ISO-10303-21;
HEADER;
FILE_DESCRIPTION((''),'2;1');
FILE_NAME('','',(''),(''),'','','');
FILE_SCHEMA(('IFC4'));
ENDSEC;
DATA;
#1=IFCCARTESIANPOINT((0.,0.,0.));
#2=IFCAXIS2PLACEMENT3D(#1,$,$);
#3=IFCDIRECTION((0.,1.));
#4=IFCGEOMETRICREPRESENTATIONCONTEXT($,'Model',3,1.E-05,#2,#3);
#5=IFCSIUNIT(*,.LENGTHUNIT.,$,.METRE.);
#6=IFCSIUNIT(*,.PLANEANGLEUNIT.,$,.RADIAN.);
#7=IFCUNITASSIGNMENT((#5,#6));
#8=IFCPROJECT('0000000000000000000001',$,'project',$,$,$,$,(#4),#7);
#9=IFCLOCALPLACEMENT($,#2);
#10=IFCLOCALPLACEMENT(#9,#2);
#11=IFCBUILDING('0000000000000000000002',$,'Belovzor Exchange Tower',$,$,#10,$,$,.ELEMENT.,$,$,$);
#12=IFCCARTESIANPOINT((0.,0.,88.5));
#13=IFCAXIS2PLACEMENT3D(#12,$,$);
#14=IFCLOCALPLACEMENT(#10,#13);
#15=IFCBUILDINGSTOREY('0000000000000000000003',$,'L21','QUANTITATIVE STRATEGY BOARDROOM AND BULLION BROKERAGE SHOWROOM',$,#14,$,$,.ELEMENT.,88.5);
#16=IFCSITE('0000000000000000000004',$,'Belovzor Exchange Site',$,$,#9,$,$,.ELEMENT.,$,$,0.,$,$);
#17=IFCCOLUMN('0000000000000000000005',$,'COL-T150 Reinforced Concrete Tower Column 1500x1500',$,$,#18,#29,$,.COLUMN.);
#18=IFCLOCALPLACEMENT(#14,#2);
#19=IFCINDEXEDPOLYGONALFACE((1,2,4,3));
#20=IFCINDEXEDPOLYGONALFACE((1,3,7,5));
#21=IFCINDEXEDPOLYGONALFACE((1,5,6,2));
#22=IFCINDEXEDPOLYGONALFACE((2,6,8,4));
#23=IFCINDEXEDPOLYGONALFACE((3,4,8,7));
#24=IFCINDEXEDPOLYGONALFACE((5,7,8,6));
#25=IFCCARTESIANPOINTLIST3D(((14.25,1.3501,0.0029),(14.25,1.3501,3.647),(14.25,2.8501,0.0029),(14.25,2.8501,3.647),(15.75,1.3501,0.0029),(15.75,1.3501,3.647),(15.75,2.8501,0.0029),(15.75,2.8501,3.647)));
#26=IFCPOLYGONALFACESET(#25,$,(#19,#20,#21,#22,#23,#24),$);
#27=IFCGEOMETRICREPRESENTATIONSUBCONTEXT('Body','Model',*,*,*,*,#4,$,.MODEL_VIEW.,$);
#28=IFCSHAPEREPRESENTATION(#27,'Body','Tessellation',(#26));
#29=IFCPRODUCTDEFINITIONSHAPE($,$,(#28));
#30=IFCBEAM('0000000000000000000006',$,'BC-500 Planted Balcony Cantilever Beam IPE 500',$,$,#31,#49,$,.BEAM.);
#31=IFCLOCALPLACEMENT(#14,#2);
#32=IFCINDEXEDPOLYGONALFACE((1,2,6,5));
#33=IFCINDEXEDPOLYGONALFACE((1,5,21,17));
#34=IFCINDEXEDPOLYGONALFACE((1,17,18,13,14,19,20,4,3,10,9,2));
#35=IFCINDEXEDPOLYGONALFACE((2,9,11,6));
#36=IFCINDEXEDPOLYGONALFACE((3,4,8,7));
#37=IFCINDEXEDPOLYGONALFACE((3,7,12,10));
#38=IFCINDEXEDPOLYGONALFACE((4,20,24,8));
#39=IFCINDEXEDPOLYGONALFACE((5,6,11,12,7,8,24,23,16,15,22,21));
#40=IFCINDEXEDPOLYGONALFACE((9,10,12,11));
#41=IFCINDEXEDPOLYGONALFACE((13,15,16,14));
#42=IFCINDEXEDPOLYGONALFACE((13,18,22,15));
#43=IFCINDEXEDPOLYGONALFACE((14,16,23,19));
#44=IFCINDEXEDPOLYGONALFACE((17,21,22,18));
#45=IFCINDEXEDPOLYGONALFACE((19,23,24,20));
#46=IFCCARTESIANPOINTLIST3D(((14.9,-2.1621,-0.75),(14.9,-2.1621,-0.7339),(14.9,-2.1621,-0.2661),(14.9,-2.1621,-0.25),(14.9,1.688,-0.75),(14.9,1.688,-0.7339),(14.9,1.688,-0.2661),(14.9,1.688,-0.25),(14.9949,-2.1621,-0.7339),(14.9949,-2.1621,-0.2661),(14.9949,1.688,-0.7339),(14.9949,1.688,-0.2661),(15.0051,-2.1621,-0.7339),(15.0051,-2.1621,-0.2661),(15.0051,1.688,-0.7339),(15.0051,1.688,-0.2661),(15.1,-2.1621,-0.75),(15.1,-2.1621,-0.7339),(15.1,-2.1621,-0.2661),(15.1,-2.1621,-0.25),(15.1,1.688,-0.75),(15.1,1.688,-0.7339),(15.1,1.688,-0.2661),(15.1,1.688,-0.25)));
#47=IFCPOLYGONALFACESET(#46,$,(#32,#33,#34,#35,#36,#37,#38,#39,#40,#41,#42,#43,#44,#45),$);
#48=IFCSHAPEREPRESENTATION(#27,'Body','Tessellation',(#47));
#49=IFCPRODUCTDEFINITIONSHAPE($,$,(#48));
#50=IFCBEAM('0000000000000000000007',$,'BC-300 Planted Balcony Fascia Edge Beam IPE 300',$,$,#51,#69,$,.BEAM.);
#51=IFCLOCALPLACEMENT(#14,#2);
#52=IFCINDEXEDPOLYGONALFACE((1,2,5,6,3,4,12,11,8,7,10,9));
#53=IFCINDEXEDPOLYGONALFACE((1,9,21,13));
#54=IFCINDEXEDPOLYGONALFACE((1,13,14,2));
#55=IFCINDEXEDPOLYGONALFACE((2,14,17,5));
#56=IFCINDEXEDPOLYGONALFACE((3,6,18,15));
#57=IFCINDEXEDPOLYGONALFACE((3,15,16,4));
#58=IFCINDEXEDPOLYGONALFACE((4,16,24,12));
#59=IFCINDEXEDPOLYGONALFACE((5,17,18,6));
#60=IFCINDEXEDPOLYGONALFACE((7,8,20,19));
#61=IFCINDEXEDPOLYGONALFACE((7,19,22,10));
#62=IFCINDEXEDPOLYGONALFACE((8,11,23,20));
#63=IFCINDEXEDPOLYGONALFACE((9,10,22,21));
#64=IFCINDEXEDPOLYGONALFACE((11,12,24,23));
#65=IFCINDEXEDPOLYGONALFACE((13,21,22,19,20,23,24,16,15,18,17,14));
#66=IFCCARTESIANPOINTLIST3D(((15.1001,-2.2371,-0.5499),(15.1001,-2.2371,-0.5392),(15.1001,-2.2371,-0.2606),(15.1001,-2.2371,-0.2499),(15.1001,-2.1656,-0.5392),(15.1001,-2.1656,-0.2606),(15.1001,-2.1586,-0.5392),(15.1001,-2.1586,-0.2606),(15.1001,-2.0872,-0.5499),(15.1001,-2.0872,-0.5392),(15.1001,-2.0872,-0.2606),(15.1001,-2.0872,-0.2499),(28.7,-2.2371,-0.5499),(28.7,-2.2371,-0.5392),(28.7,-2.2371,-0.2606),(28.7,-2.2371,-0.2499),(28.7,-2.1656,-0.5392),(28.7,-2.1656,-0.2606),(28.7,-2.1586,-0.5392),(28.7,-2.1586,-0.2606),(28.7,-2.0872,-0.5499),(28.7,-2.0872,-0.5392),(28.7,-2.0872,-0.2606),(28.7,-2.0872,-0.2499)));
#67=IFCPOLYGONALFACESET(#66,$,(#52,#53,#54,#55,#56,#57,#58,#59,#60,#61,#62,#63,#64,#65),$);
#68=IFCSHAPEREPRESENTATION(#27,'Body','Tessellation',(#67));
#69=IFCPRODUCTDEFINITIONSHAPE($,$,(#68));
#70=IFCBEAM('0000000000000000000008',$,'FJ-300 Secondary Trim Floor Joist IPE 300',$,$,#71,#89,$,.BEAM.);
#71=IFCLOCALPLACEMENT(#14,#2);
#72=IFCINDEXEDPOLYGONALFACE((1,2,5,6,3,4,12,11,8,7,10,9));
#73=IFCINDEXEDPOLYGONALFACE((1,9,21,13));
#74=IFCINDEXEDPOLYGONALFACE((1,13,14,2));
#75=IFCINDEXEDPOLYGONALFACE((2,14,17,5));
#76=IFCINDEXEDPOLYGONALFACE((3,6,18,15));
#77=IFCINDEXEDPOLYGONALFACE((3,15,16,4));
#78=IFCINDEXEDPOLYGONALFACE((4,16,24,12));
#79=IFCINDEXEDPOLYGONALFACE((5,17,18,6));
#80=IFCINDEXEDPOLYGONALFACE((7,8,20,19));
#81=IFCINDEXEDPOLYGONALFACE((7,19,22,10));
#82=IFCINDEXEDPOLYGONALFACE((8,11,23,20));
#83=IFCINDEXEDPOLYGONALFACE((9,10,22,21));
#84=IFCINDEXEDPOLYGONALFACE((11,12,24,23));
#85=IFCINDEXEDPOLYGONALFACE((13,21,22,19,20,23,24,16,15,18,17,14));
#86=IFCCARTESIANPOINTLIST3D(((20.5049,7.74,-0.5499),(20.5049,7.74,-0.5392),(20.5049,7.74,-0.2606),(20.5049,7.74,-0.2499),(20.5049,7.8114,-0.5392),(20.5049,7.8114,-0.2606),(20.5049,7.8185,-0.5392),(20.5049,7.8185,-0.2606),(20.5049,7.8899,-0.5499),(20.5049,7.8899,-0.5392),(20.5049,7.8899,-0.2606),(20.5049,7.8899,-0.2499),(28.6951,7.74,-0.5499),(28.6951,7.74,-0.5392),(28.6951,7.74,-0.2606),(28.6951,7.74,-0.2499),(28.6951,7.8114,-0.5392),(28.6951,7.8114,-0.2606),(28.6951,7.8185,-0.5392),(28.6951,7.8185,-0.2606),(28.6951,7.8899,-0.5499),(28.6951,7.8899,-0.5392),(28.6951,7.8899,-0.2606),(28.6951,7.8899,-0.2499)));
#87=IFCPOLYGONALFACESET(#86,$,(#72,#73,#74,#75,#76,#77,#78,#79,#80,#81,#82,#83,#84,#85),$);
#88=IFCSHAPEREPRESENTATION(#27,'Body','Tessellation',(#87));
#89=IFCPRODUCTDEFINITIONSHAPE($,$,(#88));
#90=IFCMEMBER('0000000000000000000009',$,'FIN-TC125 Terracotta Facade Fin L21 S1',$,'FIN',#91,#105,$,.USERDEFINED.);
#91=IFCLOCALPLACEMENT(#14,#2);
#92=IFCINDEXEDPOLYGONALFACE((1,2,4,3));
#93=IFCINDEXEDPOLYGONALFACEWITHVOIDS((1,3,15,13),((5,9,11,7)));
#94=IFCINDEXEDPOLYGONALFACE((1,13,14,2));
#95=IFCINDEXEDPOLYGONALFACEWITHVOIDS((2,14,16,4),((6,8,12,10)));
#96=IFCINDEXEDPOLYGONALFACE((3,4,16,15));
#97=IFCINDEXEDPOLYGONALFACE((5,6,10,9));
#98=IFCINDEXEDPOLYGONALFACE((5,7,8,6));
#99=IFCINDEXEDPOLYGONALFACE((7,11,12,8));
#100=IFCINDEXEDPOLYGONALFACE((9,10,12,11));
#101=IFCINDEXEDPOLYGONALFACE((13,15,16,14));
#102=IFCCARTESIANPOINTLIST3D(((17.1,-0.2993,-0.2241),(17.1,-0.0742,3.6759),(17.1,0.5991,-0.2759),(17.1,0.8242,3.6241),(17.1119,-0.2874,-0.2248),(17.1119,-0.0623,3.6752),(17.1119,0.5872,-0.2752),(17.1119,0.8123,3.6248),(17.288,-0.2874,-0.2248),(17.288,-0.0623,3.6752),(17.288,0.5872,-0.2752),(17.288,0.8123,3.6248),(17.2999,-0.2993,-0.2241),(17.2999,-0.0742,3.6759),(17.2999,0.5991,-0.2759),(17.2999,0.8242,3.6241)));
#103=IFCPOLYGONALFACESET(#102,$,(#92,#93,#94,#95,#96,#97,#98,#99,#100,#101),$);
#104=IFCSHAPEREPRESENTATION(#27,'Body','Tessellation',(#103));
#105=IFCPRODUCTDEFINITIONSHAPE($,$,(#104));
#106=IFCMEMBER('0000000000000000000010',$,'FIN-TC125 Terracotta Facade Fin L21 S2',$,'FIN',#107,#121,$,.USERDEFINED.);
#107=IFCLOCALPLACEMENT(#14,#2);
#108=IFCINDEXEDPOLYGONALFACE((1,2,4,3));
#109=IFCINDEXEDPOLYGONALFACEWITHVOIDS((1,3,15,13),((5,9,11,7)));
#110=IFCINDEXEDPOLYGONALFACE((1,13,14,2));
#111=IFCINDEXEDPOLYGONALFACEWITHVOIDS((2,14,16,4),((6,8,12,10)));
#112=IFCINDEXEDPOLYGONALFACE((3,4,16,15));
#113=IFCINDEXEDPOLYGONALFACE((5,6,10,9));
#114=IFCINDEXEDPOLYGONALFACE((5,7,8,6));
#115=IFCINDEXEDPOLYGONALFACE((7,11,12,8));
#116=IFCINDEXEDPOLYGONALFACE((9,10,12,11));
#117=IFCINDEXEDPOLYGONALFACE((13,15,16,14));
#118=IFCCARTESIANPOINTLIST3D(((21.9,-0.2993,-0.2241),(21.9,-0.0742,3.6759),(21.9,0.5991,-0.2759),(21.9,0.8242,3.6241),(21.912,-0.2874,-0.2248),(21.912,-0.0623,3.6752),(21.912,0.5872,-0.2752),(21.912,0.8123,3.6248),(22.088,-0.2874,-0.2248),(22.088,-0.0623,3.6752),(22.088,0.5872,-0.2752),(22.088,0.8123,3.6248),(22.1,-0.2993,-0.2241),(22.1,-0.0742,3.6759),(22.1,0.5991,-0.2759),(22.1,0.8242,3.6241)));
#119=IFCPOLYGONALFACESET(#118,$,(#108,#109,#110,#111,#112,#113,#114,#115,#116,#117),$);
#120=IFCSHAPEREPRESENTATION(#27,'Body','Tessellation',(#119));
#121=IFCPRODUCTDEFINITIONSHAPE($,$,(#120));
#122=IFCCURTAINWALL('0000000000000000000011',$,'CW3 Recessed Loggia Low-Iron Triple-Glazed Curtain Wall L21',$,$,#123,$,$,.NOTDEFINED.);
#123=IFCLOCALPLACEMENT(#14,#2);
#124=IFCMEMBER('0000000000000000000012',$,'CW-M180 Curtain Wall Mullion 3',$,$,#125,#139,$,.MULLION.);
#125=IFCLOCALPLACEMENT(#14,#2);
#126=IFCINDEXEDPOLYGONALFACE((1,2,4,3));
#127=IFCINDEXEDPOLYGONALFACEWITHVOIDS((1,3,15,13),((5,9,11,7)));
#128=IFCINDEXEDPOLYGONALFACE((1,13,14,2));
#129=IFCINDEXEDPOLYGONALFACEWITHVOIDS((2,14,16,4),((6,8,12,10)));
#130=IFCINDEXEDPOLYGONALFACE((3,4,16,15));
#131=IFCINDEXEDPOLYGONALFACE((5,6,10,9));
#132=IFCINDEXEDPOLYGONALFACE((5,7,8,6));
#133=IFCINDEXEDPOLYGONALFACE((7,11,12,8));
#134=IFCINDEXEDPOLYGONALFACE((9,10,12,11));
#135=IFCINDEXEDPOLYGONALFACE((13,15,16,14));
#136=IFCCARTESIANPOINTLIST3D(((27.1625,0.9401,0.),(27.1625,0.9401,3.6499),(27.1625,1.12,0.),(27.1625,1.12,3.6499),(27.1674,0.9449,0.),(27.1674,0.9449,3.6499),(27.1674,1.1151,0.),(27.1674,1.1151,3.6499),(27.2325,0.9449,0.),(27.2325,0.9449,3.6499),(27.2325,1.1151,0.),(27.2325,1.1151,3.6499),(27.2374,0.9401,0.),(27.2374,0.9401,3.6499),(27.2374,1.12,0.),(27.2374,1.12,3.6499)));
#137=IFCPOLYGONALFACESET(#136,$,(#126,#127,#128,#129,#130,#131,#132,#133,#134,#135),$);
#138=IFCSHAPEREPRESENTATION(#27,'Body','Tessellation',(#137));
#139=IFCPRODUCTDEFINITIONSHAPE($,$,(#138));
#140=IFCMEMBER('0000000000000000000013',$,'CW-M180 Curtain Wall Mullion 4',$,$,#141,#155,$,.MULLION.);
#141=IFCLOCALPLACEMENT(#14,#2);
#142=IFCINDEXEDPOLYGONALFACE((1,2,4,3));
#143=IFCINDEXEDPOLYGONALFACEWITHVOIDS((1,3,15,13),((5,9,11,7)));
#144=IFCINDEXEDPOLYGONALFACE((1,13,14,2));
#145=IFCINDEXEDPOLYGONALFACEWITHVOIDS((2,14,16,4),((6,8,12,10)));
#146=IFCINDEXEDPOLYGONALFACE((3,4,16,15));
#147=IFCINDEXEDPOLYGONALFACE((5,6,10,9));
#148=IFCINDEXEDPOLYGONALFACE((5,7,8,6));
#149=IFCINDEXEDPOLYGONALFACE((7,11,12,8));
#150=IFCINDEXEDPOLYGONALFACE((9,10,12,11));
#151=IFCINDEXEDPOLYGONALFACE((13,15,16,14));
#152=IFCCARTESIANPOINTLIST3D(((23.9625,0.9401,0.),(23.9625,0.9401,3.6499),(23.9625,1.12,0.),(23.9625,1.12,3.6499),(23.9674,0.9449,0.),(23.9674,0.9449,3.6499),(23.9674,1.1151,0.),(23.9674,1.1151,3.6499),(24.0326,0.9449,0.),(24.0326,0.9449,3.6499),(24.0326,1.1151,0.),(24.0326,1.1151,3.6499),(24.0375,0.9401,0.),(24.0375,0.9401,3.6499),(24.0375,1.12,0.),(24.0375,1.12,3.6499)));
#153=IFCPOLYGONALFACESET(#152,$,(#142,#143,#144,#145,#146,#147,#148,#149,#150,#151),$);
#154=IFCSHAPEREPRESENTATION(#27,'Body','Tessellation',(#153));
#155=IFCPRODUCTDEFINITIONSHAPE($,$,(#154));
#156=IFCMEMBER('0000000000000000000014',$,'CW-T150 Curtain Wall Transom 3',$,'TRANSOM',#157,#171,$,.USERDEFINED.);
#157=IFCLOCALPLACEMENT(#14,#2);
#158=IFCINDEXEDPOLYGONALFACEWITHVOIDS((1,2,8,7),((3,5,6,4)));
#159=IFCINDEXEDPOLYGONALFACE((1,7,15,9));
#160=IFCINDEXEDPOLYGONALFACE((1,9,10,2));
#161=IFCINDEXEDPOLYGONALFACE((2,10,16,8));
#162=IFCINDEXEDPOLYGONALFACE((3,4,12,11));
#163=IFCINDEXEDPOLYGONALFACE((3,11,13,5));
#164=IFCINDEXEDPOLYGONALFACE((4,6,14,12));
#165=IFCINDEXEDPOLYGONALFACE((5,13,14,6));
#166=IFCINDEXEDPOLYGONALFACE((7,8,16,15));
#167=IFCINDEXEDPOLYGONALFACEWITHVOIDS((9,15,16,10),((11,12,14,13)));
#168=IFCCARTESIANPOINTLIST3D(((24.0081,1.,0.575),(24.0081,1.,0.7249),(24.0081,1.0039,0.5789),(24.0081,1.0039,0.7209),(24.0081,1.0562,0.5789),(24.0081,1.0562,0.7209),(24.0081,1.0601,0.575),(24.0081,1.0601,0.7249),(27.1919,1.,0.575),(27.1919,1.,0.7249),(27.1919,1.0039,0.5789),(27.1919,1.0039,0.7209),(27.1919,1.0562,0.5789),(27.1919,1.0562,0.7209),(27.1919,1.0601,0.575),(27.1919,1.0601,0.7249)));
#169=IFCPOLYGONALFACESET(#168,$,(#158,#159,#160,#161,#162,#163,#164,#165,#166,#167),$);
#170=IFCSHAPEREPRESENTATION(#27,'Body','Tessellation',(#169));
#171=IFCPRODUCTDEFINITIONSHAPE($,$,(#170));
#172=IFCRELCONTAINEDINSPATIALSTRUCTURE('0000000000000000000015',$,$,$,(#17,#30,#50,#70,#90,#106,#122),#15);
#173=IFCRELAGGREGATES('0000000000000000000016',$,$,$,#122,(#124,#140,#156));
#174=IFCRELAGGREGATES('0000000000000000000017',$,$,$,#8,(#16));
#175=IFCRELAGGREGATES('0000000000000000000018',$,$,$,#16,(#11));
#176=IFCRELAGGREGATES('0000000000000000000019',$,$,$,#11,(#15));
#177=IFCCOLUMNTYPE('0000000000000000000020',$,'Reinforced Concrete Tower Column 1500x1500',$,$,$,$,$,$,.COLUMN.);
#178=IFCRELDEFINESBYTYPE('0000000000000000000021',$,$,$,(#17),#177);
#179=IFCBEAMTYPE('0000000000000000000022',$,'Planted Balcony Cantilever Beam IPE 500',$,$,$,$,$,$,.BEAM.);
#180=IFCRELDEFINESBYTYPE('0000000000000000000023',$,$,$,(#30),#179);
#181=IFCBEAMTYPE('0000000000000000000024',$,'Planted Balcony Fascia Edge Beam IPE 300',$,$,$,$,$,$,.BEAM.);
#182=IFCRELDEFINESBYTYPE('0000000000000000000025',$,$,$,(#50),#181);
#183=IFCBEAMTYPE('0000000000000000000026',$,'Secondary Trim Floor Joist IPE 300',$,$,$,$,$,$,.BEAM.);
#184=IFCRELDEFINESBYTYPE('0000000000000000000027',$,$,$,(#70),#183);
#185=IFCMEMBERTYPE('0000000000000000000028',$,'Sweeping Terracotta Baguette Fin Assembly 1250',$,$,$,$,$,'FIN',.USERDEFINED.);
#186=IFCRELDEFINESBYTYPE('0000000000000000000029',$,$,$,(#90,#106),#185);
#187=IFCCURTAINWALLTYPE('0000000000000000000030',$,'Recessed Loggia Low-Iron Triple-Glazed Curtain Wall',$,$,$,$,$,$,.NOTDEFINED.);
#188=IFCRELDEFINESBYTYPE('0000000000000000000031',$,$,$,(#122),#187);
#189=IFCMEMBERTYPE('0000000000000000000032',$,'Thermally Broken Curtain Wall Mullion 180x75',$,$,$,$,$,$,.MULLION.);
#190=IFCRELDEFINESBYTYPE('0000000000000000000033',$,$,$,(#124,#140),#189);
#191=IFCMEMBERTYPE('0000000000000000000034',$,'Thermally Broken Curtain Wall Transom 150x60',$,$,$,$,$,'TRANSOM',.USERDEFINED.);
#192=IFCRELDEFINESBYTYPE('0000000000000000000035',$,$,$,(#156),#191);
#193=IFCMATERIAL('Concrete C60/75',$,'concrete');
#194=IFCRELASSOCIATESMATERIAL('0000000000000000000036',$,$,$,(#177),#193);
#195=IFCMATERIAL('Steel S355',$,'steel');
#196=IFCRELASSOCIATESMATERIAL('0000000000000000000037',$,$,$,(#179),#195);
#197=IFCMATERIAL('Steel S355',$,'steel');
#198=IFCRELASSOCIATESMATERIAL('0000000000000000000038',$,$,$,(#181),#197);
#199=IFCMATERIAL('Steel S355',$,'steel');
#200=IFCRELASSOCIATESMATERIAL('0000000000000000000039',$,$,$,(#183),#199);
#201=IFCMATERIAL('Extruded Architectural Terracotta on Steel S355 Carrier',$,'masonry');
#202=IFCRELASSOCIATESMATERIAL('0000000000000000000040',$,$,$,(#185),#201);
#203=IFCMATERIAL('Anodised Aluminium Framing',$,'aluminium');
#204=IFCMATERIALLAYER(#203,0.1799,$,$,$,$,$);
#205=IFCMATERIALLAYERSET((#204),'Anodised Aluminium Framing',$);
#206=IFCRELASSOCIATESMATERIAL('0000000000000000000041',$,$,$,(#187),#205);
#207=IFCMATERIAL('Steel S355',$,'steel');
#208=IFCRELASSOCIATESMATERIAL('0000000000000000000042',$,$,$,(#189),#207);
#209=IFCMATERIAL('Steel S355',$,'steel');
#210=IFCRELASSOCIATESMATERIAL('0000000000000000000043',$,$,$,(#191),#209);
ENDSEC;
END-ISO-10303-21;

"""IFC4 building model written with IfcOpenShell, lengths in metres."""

from ifc_helpers import new_model, si_unit, direction, frame, origin, origin_2d, place, context, subcontext, project, spatial, rectangle, hollow_rectangle, i_section, extrude, material, layer, layer_set, material_profile, profile_set, type_object, element, aggregate, save


model = new_model("IFC4")

# Units and contexts
model_context = context("Model", 3, precision=1e-05, world=origin(), true_north=direction((0.0, 1.0)))
body_context = subcontext(model_context, "Body", "Model", "MODEL_VIEW")
ifc_project = project(units=[si_unit("LENGTHUNIT", "METRE"), si_unit("PLANEANGLEUNIT", "RADIAN")], contexts=[model_context])

# Site, building, storey
site_placement = place(None, origin())
site = spatial("IfcSite", under=ifc_project, at=site_placement, Name="Belovzor Exchange Site", CompositionType="ELEMENT", RefElevation=0.0)
building_placement = place(site_placement, origin())
building = spatial("IfcBuilding", under=site, at=building_placement, Name="Belovzor Exchange Tower", CompositionType="ELEMENT")
storey_placement = place(building_placement, frame((0.0, 0.0, 88.5)))
storey = spatial("IfcBuildingStorey", under=building, at=storey_placement, Name="L21", Description="QUANTITATIVE STRATEGY BOARDROOM AND BULLION BROKERAGE SHOWROOM", CompositionType="ELEMENT", Elevation=88.5)

# Column
ifc_material_1 = material(Name="Concrete C60/75", Category="concrete")
ifc_material_profile_1 = material_profile(ifc_material_1, rectangle(XDim=1.5, YDim=1.5, at=origin_2d()))
ifc_profile_set_1 = profile_set([ifc_material_profile_1], Name="Concrete C60/75")
column_type = type_object("IfcColumnType", Name="Reinforced Concrete Tower Column 1500x1500", PredefinedType="COLUMN", material=ifc_profile_set_1)
column_placement = place(storey_placement, frame((15.0, 2.1001, 0.0029), z_axis=(0.0, 0.0, 1.0), x_axis=(1.0, 0.0, 0.0)))
element("IfcColumn", 1, at=column_placement, inside=storey, type_object=column_type, Name="COL-T150 Reinforced Concrete Tower Column 1500x1500", PredefinedType="COLUMN", context=body_context, shape_type="SweptSolid", body=[
    extrude(rectangle(XDim=1.5, YDim=1.5, at=origin_2d()), origin(), (0.0, 0.0, 1.0), 3.644),
])

# Beams
ifc_material_2 = material(Name="Steel S355", Category="steel")
ifc_material_profile_2 = material_profile(ifc_material_2, i_section(OverallWidth=0.2, OverallDepth=0.5, WebThickness=0.0103, FlangeThickness=0.0161, at=origin_2d()))
ifc_profile_set_2 = profile_set([ifc_material_profile_2], Name="Steel S355")
beam_type_1 = type_object("IfcBeamType", Name="Planted Balcony Cantilever Beam IPE 500", PredefinedType="BEAM", material=ifc_profile_set_2)
beam_1_placement = place(storey_placement, frame((15.0, 1.688, -0.5), z_axis=(0.0, -1.0, 0.0), x_axis=(1.0, 0.0, 0.0)))
element("IfcBeam", 2, at=beam_1_placement, inside=storey, type_object=beam_type_1, Name="BC-500 Planted Balcony Cantilever Beam IPE 500", PredefinedType="BEAM", context=body_context, shape_type="SweptSolid", body=[
    extrude(i_section(OverallWidth=0.2, OverallDepth=0.5, WebThickness=0.0103, FlangeThickness=0.0161, at=origin_2d()), origin(), (0.0, 0.0, 1.0), 3.8501),
])
ifc_material_3 = material(Name="Steel S355", Category="steel")
ifc_material_profile_3 = material_profile(ifc_material_3, i_section(OverallWidth=0.1499, OverallDepth=0.3, WebThickness=0.0071, FlangeThickness=0.0107, at=origin_2d()))
ifc_profile_set_3 = profile_set([ifc_material_profile_3], Name="Steel S355")
beam_type_2 = type_object("IfcBeamType", Name="Planted Balcony Fascia Edge Beam IPE 300", PredefinedType="BEAM", material=ifc_profile_set_3)
beam_2_placement = place(storey_placement, frame((15.1001, -2.1621, -0.3999), z_axis=(1.0, 0.0, 0.0), x_axis=(0.0, 1.0, 0.0)))
element("IfcBeam", 3, at=beam_2_placement, inside=storey, type_object=beam_type_2, Name="BC-300 Planted Balcony Fascia Edge Beam IPE 300", PredefinedType="BEAM", context=body_context, shape_type="SweptSolid", body=[
    extrude(i_section(OverallWidth=0.1499, OverallDepth=0.3, WebThickness=0.0071, FlangeThickness=0.0107, at=origin_2d()), origin(), (0.0, 0.0, 1.0), 13.5999),
])
ifc_material_4 = material(Name="Steel S355", Category="steel")
ifc_material_profile_4 = material_profile(ifc_material_4, i_section(OverallWidth=0.1499, OverallDepth=0.3, WebThickness=0.0071, FlangeThickness=0.0107, at=origin_2d()))
ifc_profile_set_4 = profile_set([ifc_material_profile_4], Name="Steel S355")
beam_type_3 = type_object("IfcBeamType", Name="Secondary Trim Floor Joist IPE 300", PredefinedType="BEAM", material=ifc_profile_set_4)
beam_3_placement = place(storey_placement, frame((20.5049, 7.8149, -0.3999), z_axis=(1.0, 0.0, 0.0), x_axis=(0.0, 1.0, 0.0)))
element("IfcBeam", 4, at=beam_3_placement, inside=storey, type_object=beam_type_3, Name="FJ-300 Secondary Trim Floor Joist IPE 300", PredefinedType="BEAM", context=body_context, shape_type="SweptSolid", body=[
    extrude(i_section(OverallWidth=0.1499, OverallDepth=0.3, WebThickness=0.0071, FlangeThickness=0.0107, at=origin_2d()), origin(), (0.0, 0.0, 1.0), 8.1902),
])

# Members
ifc_material_5 = material(Name="Extruded Architectural Terracotta on Steel S355 Carrier", Category="masonry")
ifc_material_profile_5 = material_profile(ifc_material_5, hollow_rectangle(XDim=0.2, YDim=0.8999, WallThickness=0.012, at=origin_2d()))
ifc_profile_set_5 = profile_set([ifc_material_profile_5], Name="Extruded Architectural Terracotta on Steel S355 Carrier")
member_type_1 = type_object("IfcMemberType", Name="Sweeping Terracotta Baguette Fin Assembly 1250", ElementType="FIN", PredefinedType="USERDEFINED", material=ifc_profile_set_5)
for number, where, z_axis, x_axis, name in (
    (5, (17.2, 0.1499, -0.25), (0.0, 0.057623, 0.998338), (-1.0, 0.0, 0.0), "FIN-TC125 Terracotta Facade Fin L21 S1"),
    (6, (22.0, 0.1499, -0.25), (0.0, 0.057623, 0.998338), (-1.0, 0.0, 0.0), "FIN-TC125 Terracotta Facade Fin L21 S2"),
):
    element("IfcMember", number, at=place(storey_placement, frame(where, z_axis=z_axis, x_axis=x_axis)), inside=storey, type_object=member_type_1, Name=name, ObjectType="FIN", PredefinedType="USERDEFINED", context=body_context, shape_type="SweptSolid", body=[
        extrude(hollow_rectangle(XDim=0.2, YDim=0.8999, WallThickness=0.012, at=origin_2d()), origin(), (0.0, 0.0, 1.0), 3.9065),
    ])

# Curtain wall, members
ifc_material_6 = material(Name="Anodised Aluminium Framing", Category="aluminium")
ifc_layer_1 = layer(ifc_material_6, 0.1799)
ifc_layer_set_1 = layer_set([ifc_layer_1], Name="Anodised Aluminium Framing")
curtain_wall_type = type_object("IfcCurtainWallType", Name="Recessed Loggia Low-Iron Triple-Glazed Curtain Wall", PredefinedType="NOTDEFINED", material=ifc_layer_set_1)
curtain_wall_placement = place(storey_placement, origin())
curtain_wall = element("IfcCurtainWall", 7, at=curtain_wall_placement, inside=storey, type_object=curtain_wall_type, Name="CW3 Recessed Loggia Low-Iron Triple-Glazed Curtain Wall L21", PredefinedType="NOTDEFINED")
ifc_material_7 = material(Name="Steel S355", Category="steel")
ifc_material_profile_6 = material_profile(ifc_material_7, hollow_rectangle(XDim=0.075, YDim=0.1799, WallThickness=0.0049, at=origin_2d()))
ifc_profile_set_6 = profile_set([ifc_material_profile_6], Name="Steel S355")
member_type_2 = type_object("IfcMemberType", Name="Thermally Broken Curtain Wall Mullion 180x75", PredefinedType="MULLION", material=ifc_profile_set_6)
member_1_placement = place(storey_placement, frame((27.2, 1.03, 0.0), z_axis=(0.0, 0.0, 1.0), x_axis=(-1.0, 0.0, 0.0)))
member_1 = element("IfcMember", 8, at=member_1_placement, type_object=member_type_2, Name="CW-M180 Curtain Wall Mullion 3", PredefinedType="MULLION", context=body_context, shape_type="SweptSolid", body=[
    extrude(hollow_rectangle(XDim=0.075, YDim=0.1799, WallThickness=0.0049, at=origin_2d()), origin(), (0.0, 0.0, 1.0), 3.6499),
])
member_2_placement = place(storey_placement, frame((24.0, 1.03, 0.0), z_axis=(0.0, 0.0, 1.0), x_axis=(-1.0, 0.0, 0.0)))
member_2 = element("IfcMember", 9, at=member_2_placement, type_object=member_type_2, Name="CW-M180 Curtain Wall Mullion 4", PredefinedType="MULLION", context=body_context, shape_type="SweptSolid", body=[
    extrude(hollow_rectangle(XDim=0.075, YDim=0.1799, WallThickness=0.0049, at=origin_2d()), origin(), (0.0, 0.0, 1.0), 3.6499),
])
ifc_material_8 = material(Name="Steel S355", Category="steel")
ifc_material_profile_7 = material_profile(ifc_material_8, hollow_rectangle(XDim=0.0601, YDim=0.1499, WallThickness=0.0039, at=origin_2d()))
ifc_profile_set_7 = profile_set([ifc_material_profile_7], Name="Steel S355")
member_type_3 = type_object("IfcMemberType", Name="Thermally Broken Curtain Wall Transom 150x60", ElementType="TRANSOM", PredefinedType="USERDEFINED", material=ifc_profile_set_7)
member_3_placement = place(storey_placement, frame((27.1919, 1.03, 0.6499), z_axis=(-1.0, 0.0, 0.0), x_axis=(0.0, -1.0, 0.0)))
member_3 = element("IfcMember", 10, at=member_3_placement, type_object=member_type_3, Name="CW-T150 Curtain Wall Transom 3", ObjectType="TRANSOM", PredefinedType="USERDEFINED", context=body_context, shape_type="SweptSolid", body=[
    extrude(hollow_rectangle(XDim=0.0601, YDim=0.1499, WallThickness=0.0039, at=origin_2d()), origin(), (0.0, 0.0, 1.0), 3.1838),
])

aggregate(curtain_wall, [member_1, member_2, member_3])

save(model, "model.ifc")
